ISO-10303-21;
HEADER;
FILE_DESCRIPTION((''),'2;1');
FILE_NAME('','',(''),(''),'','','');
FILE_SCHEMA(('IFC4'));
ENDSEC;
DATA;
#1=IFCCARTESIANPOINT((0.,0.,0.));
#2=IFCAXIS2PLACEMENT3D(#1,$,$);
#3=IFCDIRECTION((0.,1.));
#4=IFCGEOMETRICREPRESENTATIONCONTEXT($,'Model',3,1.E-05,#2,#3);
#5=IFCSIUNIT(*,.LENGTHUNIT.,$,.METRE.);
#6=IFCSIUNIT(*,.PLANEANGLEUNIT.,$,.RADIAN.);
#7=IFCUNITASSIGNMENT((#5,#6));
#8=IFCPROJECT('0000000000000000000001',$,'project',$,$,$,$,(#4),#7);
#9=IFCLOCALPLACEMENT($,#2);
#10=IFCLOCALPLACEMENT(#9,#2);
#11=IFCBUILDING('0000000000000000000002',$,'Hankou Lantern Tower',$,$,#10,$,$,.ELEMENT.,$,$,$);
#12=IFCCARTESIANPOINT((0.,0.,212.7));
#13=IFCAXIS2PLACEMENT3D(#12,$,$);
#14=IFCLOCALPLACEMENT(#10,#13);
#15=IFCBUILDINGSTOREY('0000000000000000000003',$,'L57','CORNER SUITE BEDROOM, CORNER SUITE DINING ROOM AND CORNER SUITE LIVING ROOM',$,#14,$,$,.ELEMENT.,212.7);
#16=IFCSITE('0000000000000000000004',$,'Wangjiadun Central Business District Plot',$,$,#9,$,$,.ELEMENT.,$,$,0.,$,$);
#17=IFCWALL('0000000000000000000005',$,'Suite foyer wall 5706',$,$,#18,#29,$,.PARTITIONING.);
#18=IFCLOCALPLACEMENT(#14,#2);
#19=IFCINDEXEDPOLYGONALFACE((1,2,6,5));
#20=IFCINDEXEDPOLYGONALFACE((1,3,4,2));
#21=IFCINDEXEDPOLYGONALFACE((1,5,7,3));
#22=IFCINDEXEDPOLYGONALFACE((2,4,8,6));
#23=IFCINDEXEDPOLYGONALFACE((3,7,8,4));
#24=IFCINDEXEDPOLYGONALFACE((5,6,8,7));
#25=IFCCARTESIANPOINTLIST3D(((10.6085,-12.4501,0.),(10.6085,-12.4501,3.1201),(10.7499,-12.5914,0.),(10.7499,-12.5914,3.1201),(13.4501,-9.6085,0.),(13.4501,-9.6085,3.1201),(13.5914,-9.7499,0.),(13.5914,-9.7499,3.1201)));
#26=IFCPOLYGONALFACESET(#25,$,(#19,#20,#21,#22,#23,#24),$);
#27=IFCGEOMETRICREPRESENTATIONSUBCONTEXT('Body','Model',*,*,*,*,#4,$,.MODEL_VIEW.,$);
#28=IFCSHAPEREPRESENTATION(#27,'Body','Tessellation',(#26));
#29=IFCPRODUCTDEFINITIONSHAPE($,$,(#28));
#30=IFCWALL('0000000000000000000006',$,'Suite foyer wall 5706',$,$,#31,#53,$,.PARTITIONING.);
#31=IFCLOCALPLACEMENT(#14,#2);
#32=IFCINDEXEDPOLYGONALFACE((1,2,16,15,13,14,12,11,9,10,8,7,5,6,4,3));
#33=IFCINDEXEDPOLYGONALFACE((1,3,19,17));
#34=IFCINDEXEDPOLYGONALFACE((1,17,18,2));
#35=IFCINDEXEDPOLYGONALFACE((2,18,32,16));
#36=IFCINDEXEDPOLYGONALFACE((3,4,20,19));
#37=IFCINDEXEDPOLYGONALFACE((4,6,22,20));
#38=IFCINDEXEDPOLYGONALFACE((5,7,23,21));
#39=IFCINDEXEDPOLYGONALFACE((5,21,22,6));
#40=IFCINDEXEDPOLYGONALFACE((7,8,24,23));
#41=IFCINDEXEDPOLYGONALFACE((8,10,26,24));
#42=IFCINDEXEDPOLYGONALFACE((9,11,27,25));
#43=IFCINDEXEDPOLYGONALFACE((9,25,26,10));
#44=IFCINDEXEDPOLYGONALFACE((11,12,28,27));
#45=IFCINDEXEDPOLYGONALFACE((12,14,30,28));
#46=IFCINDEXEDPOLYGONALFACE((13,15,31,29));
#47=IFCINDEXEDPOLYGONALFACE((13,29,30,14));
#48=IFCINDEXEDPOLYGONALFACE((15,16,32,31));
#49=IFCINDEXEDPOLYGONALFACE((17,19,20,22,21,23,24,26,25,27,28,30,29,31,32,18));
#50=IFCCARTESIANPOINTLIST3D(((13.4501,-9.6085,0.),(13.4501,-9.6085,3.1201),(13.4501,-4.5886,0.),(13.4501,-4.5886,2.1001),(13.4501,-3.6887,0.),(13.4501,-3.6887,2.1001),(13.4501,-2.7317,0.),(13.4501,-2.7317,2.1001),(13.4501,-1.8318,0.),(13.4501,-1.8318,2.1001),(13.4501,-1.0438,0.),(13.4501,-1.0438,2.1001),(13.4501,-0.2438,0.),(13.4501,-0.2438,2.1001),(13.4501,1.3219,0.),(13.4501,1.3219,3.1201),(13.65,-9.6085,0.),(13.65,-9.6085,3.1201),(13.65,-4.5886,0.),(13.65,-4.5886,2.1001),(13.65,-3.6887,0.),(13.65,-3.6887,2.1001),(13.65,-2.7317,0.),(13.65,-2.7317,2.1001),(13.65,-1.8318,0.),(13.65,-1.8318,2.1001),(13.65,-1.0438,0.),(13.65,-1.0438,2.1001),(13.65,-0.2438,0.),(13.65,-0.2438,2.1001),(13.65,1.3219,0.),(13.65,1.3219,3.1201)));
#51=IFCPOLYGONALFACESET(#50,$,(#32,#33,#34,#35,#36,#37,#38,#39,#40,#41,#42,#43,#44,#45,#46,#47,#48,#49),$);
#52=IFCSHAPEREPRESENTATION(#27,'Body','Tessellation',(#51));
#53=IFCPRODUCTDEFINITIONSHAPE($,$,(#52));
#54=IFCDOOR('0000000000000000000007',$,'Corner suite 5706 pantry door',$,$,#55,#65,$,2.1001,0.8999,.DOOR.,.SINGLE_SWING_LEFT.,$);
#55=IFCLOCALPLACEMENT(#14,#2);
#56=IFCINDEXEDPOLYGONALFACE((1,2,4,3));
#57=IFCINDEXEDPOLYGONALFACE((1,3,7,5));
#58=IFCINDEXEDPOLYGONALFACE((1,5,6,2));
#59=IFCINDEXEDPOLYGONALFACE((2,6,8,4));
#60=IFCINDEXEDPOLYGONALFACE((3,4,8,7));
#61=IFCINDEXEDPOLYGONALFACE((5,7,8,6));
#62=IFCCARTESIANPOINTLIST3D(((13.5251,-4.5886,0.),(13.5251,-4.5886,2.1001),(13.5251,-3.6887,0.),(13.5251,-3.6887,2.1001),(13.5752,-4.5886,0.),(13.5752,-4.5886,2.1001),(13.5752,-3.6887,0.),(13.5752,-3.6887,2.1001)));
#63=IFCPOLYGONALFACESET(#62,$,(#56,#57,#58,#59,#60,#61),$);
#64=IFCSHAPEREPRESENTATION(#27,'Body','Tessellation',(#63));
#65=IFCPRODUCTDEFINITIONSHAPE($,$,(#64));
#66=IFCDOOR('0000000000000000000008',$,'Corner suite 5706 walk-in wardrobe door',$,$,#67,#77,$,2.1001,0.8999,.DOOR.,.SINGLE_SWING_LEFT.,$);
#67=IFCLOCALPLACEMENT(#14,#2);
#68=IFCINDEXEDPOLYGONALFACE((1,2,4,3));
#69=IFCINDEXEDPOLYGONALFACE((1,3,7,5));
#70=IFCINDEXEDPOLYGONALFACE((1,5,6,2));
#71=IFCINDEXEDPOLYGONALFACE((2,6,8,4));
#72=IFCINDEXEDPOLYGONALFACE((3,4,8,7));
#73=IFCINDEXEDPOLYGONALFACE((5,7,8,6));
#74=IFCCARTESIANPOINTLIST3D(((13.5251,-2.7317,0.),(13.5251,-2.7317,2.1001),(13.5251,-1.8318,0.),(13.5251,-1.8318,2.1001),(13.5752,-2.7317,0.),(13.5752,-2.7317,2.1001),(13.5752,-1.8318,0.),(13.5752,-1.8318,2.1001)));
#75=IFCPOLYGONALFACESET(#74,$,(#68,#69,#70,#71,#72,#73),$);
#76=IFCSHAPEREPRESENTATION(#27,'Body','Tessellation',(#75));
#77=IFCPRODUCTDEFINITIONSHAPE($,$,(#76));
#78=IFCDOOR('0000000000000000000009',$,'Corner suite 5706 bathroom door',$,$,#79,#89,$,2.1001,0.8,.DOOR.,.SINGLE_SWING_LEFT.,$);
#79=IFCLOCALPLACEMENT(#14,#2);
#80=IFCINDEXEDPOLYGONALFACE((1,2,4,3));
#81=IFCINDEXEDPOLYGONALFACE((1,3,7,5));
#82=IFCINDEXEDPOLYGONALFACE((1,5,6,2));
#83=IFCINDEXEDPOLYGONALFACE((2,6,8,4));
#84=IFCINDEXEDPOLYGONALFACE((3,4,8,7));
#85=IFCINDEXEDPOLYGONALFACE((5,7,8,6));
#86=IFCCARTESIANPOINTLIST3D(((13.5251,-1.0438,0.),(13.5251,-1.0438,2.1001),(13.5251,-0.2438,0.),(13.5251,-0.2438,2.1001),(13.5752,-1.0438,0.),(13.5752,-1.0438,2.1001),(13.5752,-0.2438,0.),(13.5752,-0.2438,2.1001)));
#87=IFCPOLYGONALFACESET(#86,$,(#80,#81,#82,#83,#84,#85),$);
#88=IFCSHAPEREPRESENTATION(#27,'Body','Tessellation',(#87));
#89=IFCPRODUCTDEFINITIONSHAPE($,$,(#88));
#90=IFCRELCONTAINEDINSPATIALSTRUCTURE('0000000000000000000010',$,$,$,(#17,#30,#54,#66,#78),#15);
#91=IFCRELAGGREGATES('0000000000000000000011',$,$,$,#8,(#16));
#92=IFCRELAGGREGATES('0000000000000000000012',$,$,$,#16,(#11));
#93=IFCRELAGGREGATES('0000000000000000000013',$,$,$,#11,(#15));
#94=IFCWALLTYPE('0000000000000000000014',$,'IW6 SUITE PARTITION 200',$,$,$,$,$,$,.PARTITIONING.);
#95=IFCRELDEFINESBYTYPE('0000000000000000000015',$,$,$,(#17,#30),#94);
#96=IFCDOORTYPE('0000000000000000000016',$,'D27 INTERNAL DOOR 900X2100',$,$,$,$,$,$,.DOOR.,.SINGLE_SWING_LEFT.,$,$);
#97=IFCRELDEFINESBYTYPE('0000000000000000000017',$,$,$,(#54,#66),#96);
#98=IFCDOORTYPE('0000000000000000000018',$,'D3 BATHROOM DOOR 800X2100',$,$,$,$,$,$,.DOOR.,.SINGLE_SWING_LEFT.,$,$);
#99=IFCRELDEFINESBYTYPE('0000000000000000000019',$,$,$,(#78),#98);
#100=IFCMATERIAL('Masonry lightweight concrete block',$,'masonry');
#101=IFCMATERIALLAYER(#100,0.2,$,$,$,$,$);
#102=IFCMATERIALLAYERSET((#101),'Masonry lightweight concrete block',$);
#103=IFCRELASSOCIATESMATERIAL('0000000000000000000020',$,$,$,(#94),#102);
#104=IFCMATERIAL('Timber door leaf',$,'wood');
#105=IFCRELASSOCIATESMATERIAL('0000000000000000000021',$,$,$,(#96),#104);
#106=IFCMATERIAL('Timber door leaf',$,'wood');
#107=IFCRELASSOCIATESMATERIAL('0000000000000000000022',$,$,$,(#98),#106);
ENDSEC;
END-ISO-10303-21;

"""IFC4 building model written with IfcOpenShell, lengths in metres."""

from ifc_helpers import new_model, si_unit, direction, frame, frame_2d, origin, place, context, subcontext, project, spatial, rectangle, extrude, material, layer, layer_set, type_object, element, fill, save


model = new_model("IFC4")

# Units and contexts
model_context = context("Model", 3, precision=1e-05, world=origin(), true_north=direction((0.0, 1.0)))
body_context = subcontext(model_context, "Body", "Model", "MODEL_VIEW")
ifc_project = project(units=[si_unit("LENGTHUNIT", "METRE"), si_unit("PLANEANGLEUNIT", "RADIAN")], contexts=[model_context])

# Site, building, storey
site_placement = place(None, origin())
site = spatial("IfcSite", under=ifc_project, at=site_placement, Name="Wangjiadun Central Business District Plot", CompositionType="ELEMENT", RefElevation=0.0)
building_placement = place(site_placement, origin())
building = spatial("IfcBuilding", under=site, at=building_placement, Name="Hankou Lantern Tower", CompositionType="ELEMENT")
storey_placement = place(building_placement, frame((0.0, 0.0, 212.7)))
storey = spatial("IfcBuildingStorey", under=building, at=storey_placement, Name="L57", Description="CORNER SUITE BEDROOM, CORNER SUITE DINING ROOM AND CORNER SUITE LIVING ROOM", CompositionType="ELEMENT", Elevation=212.7)

# Wall
ifc_material_1 = material(Name="Masonry lightweight concrete block", Category="masonry")
ifc_layer_1 = layer(ifc_material_1, 0.2)
ifc_layer_set_1 = layer_set([ifc_layer_1], Name="Masonry lightweight concrete block")
wall_type_1 = type_object("IfcWallType", Name="IW6 SUITE PARTITION 200", PredefinedType="PARTITIONING", material=ifc_layer_set_1)
wall_1_placement = place(storey_placement, frame((10.6792, -12.5208, 0.0), z_axis=(0.0, 0.0, 1.0), x_axis=(0.707107, 0.707107, 0.0)))
element("IfcWall", 1, at=wall_1_placement, inside=storey, type_object=wall_type_1, Name="Suite foyer wall 5706", PredefinedType="PARTITIONING", context=body_context, shape_type="SweptSolid", body=[
    extrude(rectangle(XDim=4.0186, YDim=0.2, at=frame_2d((2.0093, 0.0))), origin(), (0.0, 0.0, 1.0), 3.1201),
])

# Wall, openings, doors
wall_2_placement = place(storey_placement, frame((13.55, -9.6086, 0.0), z_axis=(0.0, 0.0, 1.0), x_axis=(0.0, 1.0, 0.0)))
wall_2 = element("IfcWall", 2, at=wall_2_placement, inside=storey, type_object=wall_type_1, Name="Suite foyer wall 5706", PredefinedType="PARTITIONING", context=body_context, shape_type="SweptSolid", body=[
    extrude(rectangle(XDim=10.9304, YDim=0.2, at=frame_2d((5.4653, 0.0))), origin(), (0.0, 0.0, 1.0), 3.1201),
])
opening_1_placement = place(wall_2_placement, frame((5.02, 0.0, 0.0)))
opening_1 = element("IfcOpeningElement", 3, at=opening_1_placement, cuts=wall_2, PredefinedType="OPENING", context=body_context, shape_type="SweptSolid", body=[
    extrude(rectangle(XDim=0.8999, YDim=2.1001, at=frame_2d((0.45, 1.05))), frame((0.0, 0.1099, 0.0), z_axis=(0.0, -1.0, 0.0), x_axis=(1.0, 0.0, 0.0)), (0.0, 0.0, 1.0), 0.22),
])
opening_2_placement = place(wall_2_placement, frame((6.877, 0.0, 0.0)))
opening_2 = element("IfcOpeningElement", 4, at=opening_2_placement, cuts=wall_2, PredefinedType="OPENING", context=body_context, shape_type="SweptSolid", body=[
    extrude(rectangle(XDim=0.8999, YDim=2.1001, at=frame_2d((0.45, 1.05))), frame((0.0, 0.1099, 0.0), z_axis=(0.0, -1.0, 0.0), x_axis=(1.0, 0.0, 0.0)), (0.0, 0.0, 1.0), 0.22),
])
opening_3_placement = place(wall_2_placement, frame((8.5649, 0.0, 0.0)))
opening_3 = element("IfcOpeningElement", 5, at=opening_3_placement, cuts=wall_2, PredefinedType="OPENING", context=body_context, shape_type="SweptSolid", body=[
    extrude(rectangle(XDim=0.8, YDim=2.1001, at=frame_2d((0.3999, 1.05))), frame((0.0, 0.1099, 0.0), z_axis=(0.0, -1.0, 0.0), x_axis=(1.0, 0.0, 0.0)), (0.0, 0.0, 1.0), 0.22),
])
ifc_material_2 = material(Name="Timber door leaf", Category="wood")
door_type_1 = type_object("IfcDoorType", Name="D27 INTERNAL DOOR 900X2100", OperationType="SINGLE_SWING_LEFT", PredefinedType="DOOR", material=ifc_material_2)
door_1_placement = place(opening_1_placement, origin())
door_1 = element("IfcDoor", 6, at=door_1_placement, inside=storey, type_object=door_type_1, Name="Corner suite 5706 pantry door", OperationType="SINGLE_SWING_LEFT", OverallHeight=2.1001, OverallWidth=0.8999, PredefinedType="DOOR", context=body_context, shape_type="SweptSolid", body=[
    extrude(rectangle(XDim=0.8999, YDim=2.1001, at=frame_2d((0.45, 1.05))), frame((0.0, 0.0249, 0.0), z_axis=(0.0, -1.0, 0.0), x_axis=(1.0, 0.0, 0.0)), (0.0, 0.0, 1.0), 0.05),
])
fill(opening_1, door_1)
door_2_placement = place(opening_2_placement, origin())
door_2 = element("IfcDoor", 7, at=door_2_placement, inside=storey, type_object=door_type_1, Name="Corner suite 5706 walk-in wardrobe door", OperationType="SINGLE_SWING_LEFT", OverallHeight=2.1001, OverallWidth=0.8999, PredefinedType="DOOR", context=body_context, shape_type="SweptSolid", body=[
    extrude(rectangle(XDim=0.8999, YDim=2.1001, at=frame_2d((0.45, 1.05))), frame((0.0, 0.0249, 0.0), z_axis=(0.0, -1.0, 0.0), x_axis=(1.0, 0.0, 0.0)), (0.0, 0.0, 1.0), 0.05),
])
fill(opening_2, door_2)
ifc_material_3 = material(Name="Timber door leaf", Category="wood")
door_type_2 = type_object("IfcDoorType", Name="D3 BATHROOM DOOR 800X2100", OperationType="SINGLE_SWING_LEFT", PredefinedType="DOOR", material=ifc_material_3)
door_3_placement = place(opening_3_placement, origin())
door_3 = element("IfcDoor", 8, at=door_3_placement, inside=storey, type_object=door_type_2, Name="Corner suite 5706 bathroom door", OperationType="SINGLE_SWING_LEFT", OverallHeight=2.1001, OverallWidth=0.8, PredefinedType="DOOR", context=body_context, shape_type="SweptSolid", body=[
    extrude(rectangle(XDim=0.8, YDim=2.1001, at=frame_2d((0.3999, 1.05))), frame((0.0, 0.0249, 0.0), z_axis=(0.0, -1.0, 0.0), x_axis=(1.0, 0.0, 0.0)), (0.0, 0.0, 1.0), 0.05),
])
fill(opening_3, door_3)

save(model, "model.ifc")
